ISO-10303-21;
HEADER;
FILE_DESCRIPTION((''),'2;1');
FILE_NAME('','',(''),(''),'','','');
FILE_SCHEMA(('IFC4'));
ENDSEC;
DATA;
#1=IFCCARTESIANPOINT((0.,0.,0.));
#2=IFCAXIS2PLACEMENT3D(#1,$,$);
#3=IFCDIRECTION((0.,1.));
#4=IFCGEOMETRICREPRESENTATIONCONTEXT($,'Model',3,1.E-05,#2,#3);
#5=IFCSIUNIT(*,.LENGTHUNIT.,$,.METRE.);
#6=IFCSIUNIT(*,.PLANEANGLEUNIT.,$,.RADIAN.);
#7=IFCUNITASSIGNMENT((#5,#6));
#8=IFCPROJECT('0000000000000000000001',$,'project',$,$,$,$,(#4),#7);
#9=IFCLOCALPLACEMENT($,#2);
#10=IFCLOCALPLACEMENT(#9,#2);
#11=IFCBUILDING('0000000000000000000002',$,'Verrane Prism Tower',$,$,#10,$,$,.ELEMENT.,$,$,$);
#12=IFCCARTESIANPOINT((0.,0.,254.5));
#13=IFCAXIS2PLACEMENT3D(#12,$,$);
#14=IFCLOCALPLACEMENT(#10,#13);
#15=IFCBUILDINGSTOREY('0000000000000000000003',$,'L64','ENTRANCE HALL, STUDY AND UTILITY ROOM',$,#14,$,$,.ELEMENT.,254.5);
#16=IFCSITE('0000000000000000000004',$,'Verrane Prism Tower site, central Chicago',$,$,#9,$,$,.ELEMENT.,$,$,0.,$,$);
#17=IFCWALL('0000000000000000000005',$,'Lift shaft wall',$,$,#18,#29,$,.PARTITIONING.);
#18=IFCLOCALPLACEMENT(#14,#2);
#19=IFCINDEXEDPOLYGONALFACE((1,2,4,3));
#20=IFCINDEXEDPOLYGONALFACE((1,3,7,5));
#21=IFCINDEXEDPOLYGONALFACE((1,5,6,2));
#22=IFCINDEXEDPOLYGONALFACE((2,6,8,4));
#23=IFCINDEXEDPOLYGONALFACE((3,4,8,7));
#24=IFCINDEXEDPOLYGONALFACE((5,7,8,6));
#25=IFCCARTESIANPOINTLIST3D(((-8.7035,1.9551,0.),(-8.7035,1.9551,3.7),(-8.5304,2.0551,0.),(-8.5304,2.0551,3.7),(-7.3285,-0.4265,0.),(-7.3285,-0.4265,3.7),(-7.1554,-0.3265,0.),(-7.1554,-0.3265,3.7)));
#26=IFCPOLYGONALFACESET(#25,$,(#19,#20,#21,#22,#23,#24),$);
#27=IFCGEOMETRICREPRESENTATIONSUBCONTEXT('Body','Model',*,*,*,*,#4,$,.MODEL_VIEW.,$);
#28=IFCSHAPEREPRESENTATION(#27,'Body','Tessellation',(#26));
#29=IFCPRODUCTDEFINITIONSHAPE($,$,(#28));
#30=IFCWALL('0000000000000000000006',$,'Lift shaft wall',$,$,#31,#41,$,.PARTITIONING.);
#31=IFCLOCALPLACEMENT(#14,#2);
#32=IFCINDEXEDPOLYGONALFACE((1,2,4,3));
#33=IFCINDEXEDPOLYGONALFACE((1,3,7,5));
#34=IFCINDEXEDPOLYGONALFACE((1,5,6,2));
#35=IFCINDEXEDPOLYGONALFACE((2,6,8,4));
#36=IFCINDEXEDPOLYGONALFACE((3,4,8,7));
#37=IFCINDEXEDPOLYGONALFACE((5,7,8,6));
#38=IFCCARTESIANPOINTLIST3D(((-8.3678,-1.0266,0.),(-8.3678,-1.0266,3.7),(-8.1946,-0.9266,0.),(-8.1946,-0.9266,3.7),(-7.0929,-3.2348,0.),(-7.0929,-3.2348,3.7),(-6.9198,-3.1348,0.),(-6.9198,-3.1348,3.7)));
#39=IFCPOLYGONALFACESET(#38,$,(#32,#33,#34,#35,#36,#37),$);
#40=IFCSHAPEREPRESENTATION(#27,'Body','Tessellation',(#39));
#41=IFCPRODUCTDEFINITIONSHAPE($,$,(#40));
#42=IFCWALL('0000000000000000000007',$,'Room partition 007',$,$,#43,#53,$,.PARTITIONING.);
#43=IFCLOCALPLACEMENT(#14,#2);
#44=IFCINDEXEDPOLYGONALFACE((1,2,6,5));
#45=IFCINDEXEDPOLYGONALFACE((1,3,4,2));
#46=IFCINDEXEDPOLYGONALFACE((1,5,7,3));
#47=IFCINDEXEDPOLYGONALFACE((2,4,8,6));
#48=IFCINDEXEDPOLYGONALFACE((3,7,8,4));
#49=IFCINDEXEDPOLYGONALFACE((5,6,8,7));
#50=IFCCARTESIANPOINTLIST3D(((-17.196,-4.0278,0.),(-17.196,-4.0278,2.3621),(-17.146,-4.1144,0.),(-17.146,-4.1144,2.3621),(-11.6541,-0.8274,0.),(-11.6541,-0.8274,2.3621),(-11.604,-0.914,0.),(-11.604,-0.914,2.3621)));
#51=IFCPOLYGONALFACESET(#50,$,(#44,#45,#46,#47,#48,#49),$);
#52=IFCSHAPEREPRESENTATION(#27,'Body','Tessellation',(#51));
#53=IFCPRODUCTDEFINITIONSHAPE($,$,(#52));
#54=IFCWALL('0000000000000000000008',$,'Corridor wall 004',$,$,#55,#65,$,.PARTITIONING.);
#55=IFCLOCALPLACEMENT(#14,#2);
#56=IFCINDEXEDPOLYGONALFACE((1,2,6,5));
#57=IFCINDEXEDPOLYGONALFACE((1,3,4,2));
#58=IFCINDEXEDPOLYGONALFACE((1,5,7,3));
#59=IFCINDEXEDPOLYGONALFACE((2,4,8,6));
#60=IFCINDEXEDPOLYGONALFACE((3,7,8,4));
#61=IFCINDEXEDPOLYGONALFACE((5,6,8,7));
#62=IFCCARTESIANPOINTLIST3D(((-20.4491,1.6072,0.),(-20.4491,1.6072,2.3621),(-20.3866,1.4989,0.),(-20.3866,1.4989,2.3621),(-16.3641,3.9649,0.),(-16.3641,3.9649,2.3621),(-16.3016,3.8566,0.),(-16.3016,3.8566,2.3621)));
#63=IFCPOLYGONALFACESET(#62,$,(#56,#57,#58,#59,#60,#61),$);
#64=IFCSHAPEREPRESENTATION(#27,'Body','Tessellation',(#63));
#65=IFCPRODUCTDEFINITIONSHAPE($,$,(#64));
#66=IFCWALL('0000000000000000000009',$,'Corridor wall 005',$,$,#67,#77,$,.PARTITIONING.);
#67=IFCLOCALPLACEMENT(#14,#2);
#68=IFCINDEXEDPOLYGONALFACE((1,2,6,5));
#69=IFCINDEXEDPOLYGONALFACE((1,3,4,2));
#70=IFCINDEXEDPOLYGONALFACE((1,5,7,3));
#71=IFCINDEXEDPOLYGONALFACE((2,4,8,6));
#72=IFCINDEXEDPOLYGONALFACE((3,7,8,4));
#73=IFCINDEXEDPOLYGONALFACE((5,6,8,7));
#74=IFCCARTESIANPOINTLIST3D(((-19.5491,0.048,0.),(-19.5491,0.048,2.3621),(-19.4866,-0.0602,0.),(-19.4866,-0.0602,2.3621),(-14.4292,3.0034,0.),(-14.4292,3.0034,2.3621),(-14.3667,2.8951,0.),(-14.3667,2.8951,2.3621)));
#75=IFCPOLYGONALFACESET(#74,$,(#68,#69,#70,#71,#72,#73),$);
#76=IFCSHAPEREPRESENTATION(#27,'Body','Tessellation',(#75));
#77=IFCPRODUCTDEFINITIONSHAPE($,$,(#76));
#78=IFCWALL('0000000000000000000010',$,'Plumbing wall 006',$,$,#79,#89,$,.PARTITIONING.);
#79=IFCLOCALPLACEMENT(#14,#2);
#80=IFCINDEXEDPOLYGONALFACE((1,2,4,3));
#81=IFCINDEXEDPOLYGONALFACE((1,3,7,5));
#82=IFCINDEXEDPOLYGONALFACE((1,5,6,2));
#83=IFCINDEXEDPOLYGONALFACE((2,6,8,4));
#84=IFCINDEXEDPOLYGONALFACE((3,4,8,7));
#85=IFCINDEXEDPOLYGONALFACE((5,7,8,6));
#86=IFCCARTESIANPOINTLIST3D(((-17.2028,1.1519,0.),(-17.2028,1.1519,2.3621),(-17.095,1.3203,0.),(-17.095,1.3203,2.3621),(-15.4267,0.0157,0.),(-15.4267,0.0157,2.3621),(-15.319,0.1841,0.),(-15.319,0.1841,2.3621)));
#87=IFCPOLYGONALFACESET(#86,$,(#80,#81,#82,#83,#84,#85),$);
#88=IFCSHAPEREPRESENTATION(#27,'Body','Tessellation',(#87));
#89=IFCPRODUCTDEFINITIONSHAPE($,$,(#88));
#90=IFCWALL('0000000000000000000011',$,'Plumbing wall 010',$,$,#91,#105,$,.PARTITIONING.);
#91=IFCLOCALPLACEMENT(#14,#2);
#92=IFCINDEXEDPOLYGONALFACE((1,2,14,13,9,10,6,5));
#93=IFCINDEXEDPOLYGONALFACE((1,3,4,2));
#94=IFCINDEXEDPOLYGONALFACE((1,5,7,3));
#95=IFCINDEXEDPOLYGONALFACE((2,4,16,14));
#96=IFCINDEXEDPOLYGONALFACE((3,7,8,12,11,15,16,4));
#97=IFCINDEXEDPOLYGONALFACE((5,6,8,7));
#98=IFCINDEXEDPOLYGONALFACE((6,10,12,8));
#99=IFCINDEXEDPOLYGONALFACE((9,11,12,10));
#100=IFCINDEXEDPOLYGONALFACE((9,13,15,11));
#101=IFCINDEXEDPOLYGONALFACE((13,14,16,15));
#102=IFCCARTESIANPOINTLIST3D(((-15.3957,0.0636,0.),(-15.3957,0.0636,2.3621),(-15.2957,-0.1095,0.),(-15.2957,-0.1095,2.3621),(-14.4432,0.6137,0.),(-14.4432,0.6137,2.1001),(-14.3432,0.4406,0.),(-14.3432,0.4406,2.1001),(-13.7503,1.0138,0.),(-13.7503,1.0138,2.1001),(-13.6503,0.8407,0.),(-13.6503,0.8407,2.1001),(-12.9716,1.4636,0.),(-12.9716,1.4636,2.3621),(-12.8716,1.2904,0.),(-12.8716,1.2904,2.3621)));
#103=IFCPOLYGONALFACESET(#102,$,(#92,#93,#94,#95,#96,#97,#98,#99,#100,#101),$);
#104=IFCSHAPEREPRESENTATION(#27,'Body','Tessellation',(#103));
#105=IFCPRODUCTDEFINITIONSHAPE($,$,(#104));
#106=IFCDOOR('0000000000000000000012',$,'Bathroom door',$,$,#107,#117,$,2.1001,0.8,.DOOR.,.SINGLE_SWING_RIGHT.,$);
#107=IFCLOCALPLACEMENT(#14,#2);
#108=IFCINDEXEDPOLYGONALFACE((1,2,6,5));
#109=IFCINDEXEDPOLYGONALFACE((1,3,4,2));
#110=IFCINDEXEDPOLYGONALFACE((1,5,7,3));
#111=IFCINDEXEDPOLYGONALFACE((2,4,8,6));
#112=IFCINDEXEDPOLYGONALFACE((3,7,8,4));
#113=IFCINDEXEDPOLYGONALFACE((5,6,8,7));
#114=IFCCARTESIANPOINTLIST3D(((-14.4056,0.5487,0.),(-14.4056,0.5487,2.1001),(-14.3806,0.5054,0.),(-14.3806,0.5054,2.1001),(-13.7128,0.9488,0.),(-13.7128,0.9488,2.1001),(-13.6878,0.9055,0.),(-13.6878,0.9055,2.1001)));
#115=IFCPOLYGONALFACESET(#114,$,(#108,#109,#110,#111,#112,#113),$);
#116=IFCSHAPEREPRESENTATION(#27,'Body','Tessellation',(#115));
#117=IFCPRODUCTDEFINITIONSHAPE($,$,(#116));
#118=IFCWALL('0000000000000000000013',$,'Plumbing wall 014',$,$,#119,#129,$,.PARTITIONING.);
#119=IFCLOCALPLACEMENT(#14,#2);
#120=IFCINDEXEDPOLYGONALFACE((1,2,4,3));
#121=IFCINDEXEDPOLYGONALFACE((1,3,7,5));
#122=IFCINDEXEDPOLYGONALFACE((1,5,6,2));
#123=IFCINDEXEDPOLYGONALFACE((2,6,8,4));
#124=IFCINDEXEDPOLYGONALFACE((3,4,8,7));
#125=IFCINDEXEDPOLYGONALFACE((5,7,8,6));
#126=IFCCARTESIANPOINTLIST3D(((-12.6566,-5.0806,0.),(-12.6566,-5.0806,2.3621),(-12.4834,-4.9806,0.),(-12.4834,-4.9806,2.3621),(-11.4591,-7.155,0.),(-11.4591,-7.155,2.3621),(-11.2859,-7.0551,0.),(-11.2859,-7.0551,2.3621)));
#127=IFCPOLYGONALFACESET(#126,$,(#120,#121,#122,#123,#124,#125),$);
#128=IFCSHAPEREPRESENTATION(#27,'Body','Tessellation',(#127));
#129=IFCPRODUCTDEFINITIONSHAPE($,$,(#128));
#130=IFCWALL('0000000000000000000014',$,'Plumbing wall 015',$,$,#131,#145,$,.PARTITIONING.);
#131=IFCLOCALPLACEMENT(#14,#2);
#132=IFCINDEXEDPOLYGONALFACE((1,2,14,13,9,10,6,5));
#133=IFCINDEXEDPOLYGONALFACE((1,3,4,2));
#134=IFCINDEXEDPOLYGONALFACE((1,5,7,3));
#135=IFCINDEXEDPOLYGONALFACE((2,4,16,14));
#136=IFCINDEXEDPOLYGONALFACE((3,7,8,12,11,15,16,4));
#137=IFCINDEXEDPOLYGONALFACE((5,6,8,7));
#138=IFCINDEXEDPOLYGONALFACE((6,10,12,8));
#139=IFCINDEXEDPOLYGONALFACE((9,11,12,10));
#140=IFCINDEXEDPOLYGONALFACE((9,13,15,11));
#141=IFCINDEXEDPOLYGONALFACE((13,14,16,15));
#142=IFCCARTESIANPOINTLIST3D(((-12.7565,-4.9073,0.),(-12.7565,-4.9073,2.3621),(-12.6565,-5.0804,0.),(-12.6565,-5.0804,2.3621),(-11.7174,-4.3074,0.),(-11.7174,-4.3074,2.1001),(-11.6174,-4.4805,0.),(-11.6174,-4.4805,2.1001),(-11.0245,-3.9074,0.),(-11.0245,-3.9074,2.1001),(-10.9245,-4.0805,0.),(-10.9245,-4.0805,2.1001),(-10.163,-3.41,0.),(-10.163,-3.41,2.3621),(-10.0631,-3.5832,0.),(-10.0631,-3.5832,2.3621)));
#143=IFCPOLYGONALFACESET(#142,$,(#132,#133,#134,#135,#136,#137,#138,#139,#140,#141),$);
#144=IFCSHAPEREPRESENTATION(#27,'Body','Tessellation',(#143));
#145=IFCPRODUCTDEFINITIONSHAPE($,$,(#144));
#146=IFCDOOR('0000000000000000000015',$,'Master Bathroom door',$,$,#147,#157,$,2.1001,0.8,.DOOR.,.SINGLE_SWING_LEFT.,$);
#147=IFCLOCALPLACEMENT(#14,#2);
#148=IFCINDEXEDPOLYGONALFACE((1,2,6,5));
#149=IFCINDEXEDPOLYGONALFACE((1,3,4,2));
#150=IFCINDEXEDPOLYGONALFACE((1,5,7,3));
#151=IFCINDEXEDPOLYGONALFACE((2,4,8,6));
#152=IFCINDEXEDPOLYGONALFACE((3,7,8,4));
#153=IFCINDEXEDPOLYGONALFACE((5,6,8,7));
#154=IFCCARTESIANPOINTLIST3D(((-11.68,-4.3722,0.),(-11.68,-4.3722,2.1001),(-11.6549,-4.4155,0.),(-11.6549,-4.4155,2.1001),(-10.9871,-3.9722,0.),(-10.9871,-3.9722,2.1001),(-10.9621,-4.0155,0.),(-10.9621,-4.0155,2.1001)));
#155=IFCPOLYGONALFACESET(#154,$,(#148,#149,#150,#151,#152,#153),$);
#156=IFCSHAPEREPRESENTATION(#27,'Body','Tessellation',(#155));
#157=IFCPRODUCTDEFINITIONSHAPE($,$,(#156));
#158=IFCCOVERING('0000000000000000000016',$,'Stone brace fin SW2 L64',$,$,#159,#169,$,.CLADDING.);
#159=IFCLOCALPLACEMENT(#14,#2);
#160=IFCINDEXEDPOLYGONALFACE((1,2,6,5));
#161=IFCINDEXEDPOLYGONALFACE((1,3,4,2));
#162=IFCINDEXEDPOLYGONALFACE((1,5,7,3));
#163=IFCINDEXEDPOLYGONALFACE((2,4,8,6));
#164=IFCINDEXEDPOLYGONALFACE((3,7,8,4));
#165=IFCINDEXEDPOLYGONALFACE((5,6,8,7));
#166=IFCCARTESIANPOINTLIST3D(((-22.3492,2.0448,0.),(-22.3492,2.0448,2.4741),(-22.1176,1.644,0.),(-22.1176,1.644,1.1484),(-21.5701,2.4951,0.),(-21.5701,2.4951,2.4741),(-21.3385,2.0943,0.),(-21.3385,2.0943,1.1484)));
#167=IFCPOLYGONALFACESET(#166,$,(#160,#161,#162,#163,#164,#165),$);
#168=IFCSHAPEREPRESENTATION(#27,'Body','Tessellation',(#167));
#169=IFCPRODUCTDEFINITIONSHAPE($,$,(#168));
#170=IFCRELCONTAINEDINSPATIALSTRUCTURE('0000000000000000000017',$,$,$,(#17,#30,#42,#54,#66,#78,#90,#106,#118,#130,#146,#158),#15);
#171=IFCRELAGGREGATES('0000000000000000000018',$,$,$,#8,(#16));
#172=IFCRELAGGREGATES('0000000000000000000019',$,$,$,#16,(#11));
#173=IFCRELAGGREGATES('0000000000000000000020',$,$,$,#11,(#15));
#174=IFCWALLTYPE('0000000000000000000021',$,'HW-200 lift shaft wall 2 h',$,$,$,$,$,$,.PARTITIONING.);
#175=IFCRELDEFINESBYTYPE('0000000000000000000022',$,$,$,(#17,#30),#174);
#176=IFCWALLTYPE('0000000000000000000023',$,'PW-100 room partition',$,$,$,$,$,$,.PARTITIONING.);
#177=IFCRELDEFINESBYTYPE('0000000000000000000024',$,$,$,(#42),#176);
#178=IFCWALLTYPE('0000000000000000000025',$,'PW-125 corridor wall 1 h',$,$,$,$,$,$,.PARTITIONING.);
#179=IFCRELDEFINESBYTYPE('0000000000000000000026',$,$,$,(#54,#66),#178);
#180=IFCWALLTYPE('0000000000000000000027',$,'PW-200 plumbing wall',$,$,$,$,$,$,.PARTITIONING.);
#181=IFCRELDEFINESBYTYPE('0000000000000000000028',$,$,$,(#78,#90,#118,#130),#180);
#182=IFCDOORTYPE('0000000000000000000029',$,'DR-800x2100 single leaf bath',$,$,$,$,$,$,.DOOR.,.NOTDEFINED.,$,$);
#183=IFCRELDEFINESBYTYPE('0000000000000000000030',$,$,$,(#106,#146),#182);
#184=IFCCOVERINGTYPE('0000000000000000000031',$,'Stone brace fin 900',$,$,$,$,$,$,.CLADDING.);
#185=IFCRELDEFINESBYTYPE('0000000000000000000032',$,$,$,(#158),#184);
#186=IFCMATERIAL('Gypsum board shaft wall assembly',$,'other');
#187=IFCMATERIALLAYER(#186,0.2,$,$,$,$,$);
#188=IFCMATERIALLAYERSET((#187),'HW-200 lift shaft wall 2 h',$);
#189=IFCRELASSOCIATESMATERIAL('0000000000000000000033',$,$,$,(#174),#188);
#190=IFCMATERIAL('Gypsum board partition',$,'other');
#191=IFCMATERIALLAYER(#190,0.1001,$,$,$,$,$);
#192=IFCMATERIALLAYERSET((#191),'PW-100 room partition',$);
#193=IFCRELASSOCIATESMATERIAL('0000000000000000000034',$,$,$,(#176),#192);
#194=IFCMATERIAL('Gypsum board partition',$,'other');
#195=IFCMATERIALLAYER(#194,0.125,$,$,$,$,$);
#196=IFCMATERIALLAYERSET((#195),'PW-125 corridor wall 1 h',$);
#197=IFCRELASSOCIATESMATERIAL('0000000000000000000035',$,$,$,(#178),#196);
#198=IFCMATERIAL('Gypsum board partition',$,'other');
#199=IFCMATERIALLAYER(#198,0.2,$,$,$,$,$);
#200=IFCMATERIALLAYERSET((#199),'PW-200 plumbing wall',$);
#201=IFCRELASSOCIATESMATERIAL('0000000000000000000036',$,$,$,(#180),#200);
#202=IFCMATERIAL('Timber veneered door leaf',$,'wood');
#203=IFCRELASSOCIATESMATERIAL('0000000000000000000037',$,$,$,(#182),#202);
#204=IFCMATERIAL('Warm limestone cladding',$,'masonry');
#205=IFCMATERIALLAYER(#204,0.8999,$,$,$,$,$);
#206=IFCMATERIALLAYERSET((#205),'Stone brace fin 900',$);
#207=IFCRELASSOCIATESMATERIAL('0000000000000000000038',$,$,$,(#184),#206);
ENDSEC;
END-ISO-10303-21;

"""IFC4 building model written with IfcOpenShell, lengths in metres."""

from ifc_helpers import new_model, si_unit, direction, frame, frame_2d, origin, place, context, subcontext, project, spatial, polyline, rectangle, outline, extrude, material, layer, layer_set, type_object, element, fill, save


model = new_model("IFC4")

# Units and contexts
model_context = context("Model", 3, precision=1e-05, world=origin(), true_north=direction((0.0, 1.0)))
body_context = subcontext(model_context, "Body", "Model", "MODEL_VIEW")
ifc_project = project(units=[si_unit("LENGTHUNIT", "METRE"), si_unit("PLANEANGLEUNIT", "RADIAN")], contexts=[model_context])

# Site, building, storey
site_placement = place(None, origin())
site = spatial("IfcSite", under=ifc_project, at=site_placement, Name="Verrane Prism Tower site, central Chicago", CompositionType="ELEMENT", RefElevation=0.0)
building_placement = place(site_placement, origin())
building = spatial("IfcBuilding", under=site, at=building_placement, Name="Verrane Prism Tower", CompositionType="ELEMENT")
storey_placement = place(building_placement, frame((0.0, 0.0, 254.5)))
storey = spatial("IfcBuildingStorey", under=building, at=storey_placement, Name="L64", Description="ENTRANCE HALL, STUDY AND UTILITY ROOM", CompositionType="ELEMENT", Elevation=254.5)

# Walls
ifc_material_1 = material(Name="Gypsum board shaft wall assembly", Category="other")
ifc_layer_1 = layer(ifc_material_1, 0.2)
ifc_layer_set_1 = layer_set([ifc_layer_1], Name="HW-200 lift shaft wall 2 h")
wall_type_1 = type_object("IfcWallType", Name="HW-200 lift shaft wall 2 h", PredefinedType="PARTITIONING", material=ifc_layer_set_1)
wall_1_placement = place(storey_placement, frame((-7.2419, -0.3765, 0.0), z_axis=(0.0, 0.0, 1.0), x_axis=(-0.499997, 0.866027, 0.0)))
element("IfcWall", 1, at=wall_1_placement, inside=storey, type_object=wall_type_1, Name="Lift shaft wall", PredefinedType="PARTITIONING", context=body_context, shape_type="SweptSolid", body=[
    extrude(rectangle(XDim=2.75, YDim=0.2, at=frame_2d((1.375, 0.0))), origin(), (0.0, 0.0, 1.0), 3.7),
])
wall_2_placement = place(storey_placement, frame((-7.0063, -3.1848, 0.0), z_axis=(0.0, 0.0, 1.0), x_axis=(-0.49999, 0.866031, 0.0)))
element("IfcWall", 2, at=wall_2_placement, inside=storey, type_object=wall_type_1, Name="Lift shaft wall", PredefinedType="PARTITIONING", context=body_context, shape_type="SweptSolid", body=[
    extrude(rectangle(XDim=2.5498, YDim=0.2, at=frame_2d((1.2749, 0.0))), origin(), (0.0, 0.0, 1.0), 3.7),
])
ifc_material_2 = material(Name="Gypsum board partition", Category="other")
ifc_layer_2 = layer(ifc_material_2, 0.1001)
ifc_layer_set_2 = layer_set([ifc_layer_2], Name="PW-100 room partition")
wall_type_2 = type_object("IfcWallType", Name="PW-100 room partition", PredefinedType="PARTITIONING", material=ifc_layer_set_2)
wall_3_placement = place(storey_placement, frame((-17.1709, -4.071, 0.0), z_axis=(0.0, 0.0, 1.0), x_axis=(0.865973, 0.50009, 0.0)))
element("IfcWall", 3, at=wall_3_placement, inside=storey, type_object=wall_type_2, Name="Room partition 007", PredefinedType="PARTITIONING", context=body_context, shape_type="SweptSolid", body=[
    extrude(rectangle(XDim=6.3997, YDim=0.1001, at=frame_2d((3.1997, 0.0))), origin(), (0.0, 0.0, 1.0), 2.3621),
])
ifc_material_3 = material(Name="Gypsum board partition", Category="other")
ifc_layer_3 = layer(ifc_material_3, 0.125)
ifc_layer_set_3 = layer_set([ifc_layer_3], Name="PW-125 corridor wall 1 h")
wall_type_3 = type_object("IfcWallType", Name="PW-125 corridor wall 1 h", PredefinedType="PARTITIONING", material=ifc_layer_set_3)
wall_4_placement = place(storey_placement, frame((-20.418, 1.553, 0.0), z_axis=(0.0, 0.0, 1.0), x_axis=(0.866098, 0.499875, 0.0)))
element("IfcWall", 4, at=wall_4_placement, inside=storey, type_object=wall_type_3, Name="Corridor wall 004", PredefinedType="PARTITIONING", context=body_context, shape_type="SweptSolid", body=[
    extrude(rectangle(XDim=4.7166, YDim=0.125, at=frame_2d((2.3584, 0.0))), origin(), (0.0, 0.0, 1.0), 2.3621),
])
wall_5_placement = place(storey_placement, frame((-19.5178, -0.0061, 0.0), z_axis=(0.0, 0.0, 1.0), x_axis=(0.866072, 0.499919, 0.0)))
element("IfcWall", 5, at=wall_5_placement, inside=storey, type_object=wall_type_3, Name="Corridor wall 005", PredefinedType="PARTITIONING", context=body_context, shape_type="SweptSolid", body=[
    extrude(rectangle(XDim=5.9116, YDim=0.125, at=frame_2d((2.9558, 0.0))), origin(), (0.0, 0.0, 1.0), 2.3621),
])
ifc_material_4 = material(Name="Gypsum board partition", Category="other")
ifc_layer_4 = layer(ifc_material_4, 0.2)
ifc_layer_set_4 = layer_set([ifc_layer_4], Name="PW-200 plumbing wall")
wall_type_4 = type_object("IfcWallType", Name="PW-200 plumbing wall", PredefinedType="PARTITIONING", material=ifc_layer_set_4)
wall_6_placement = place(storey_placement, frame((-17.1489, 1.2361, 0.0), z_axis=(0.0, 0.0, 1.0), x_axis=(0.842377, -0.538889, 0.0)))
element("IfcWall", 6, at=wall_6_placement, inside=storey, type_object=wall_type_4, Name="Plumbing wall 006", PredefinedType="PARTITIONING", context=body_context, shape_type="SweptSolid", body=[
    extrude(rectangle(XDim=2.1084, YDim=0.2, at=frame_2d((1.0542, 0.0))), origin(), (0.0, 0.0, 1.0), 2.3621),
])

# Wall, opening, door
wall_7_placement = place(storey_placement, frame((-15.3457, -0.0229, 0.0), z_axis=(0.0, 0.0, 1.0), x_axis=(0.865969, 0.500097, 0.0)))
wall_7 = element("IfcWall", 7, at=wall_7_placement, inside=storey, type_object=wall_type_4, Name="Plumbing wall 010", PredefinedType="PARTITIONING", context=body_context, shape_type="SweptSolid", body=[
    extrude(rectangle(XDim=2.7993, YDim=0.2, at=frame_2d((1.3997, 0.0))), origin(), (0.0, 0.0, 1.0), 2.3621),
])
opening_1_placement = place(wall_7_placement, frame((1.1001, 0.0, 0.0)))
opening_1 = element("IfcOpeningElement", 8, at=opening_1_placement, cuts=wall_7, PredefinedType="OPENING", context=body_context, shape_type="SweptSolid", body=[
    extrude(rectangle(XDim=0.8, YDim=2.1001, at=frame_2d((0.3999, 1.05))), frame((0.0, 0.1099, 0.0), z_axis=(0.0, -1.0, 0.0), x_axis=(1.0, 0.0, 0.0)), (0.0, 0.0, 1.0), 0.22),
])
ifc_material_5 = material(Name="Timber veneered door leaf", Category="wood")
door_type = type_object("IfcDoorType", Name="DR-800x2100 single leaf bath", OperationType="NOTDEFINED", PredefinedType="DOOR", material=ifc_material_5)
door_1_placement = place(opening_1_placement, origin())
door_1 = element("IfcDoor", 9, at=door_1_placement, inside=storey, type_object=door_type, Name="Bathroom door", OperationType="SINGLE_SWING_RIGHT", OverallHeight=2.1001, OverallWidth=0.8, PredefinedType="DOOR", context=body_context, shape_type="SweptSolid", body=[
    extrude(rectangle(XDim=0.8, YDim=2.1001, at=frame_2d((0.3999, 1.05))), frame((0.0, 0.0249, 0.0), z_axis=(0.0, -1.0, 0.0), x_axis=(1.0, 0.0, 0.0)), (0.0, 0.0, 1.0), 0.05),
])
fill(opening_1, door_1)

# Wall
wall_8_placement = place(storey_placement, frame((-12.5701, -5.0305, 0.0), z_axis=(0.0, 0.0, 1.0), x_axis=(0.499943, -0.866058, 0.0)))
element("IfcWall", 10, at=wall_8_placement, inside=storey, type_object=wall_type_4, Name="Plumbing wall 014", PredefinedType="PARTITIONING", context=body_context, shape_type="SweptSolid", body=[
    extrude(rectangle(XDim=2.3953, YDim=0.2, at=frame_2d((1.1978, 0.0))), origin(), (0.0, 0.0, 1.0), 2.3621),
])

# Wall, opening, door
wall_9_placement = place(storey_placement, frame((-10.113, -3.4966, 0.0), z_axis=(0.0, 0.0, 1.0), x_axis=(-0.866032, -0.499988, 0.0)))
wall_9 = element("IfcWall", 11, at=wall_9_placement, inside=storey, type_object=wall_type_4, Name="Plumbing wall 015", PredefinedType="PARTITIONING", context=body_context, shape_type="SweptSolid", body=[
    extrude(rectangle(XDim=2.9946, YDim=0.2, at=frame_2d((1.4973, 0.0))), origin(), (0.0, 0.0, 1.0), 2.3621),
])
opening_2_placement = place(wall_9_placement, frame((0.9949, 0.0, 0.0)))
opening_2 = element("IfcOpeningElement", 12, at=opening_2_placement, cuts=wall_9, PredefinedType="OPENING", context=body_context, shape_type="SweptSolid", body=[
    extrude(rectangle(XDim=0.8, YDim=2.1001, at=frame_2d((0.3999, 1.05))), frame((0.0, 0.1099, 0.0), z_axis=(0.0, -1.0, 0.0), x_axis=(1.0, 0.0, 0.0)), (0.0, 0.0, 1.0), 0.22),
])
door_2_placement = place(opening_2_placement, origin())
door_2 = element("IfcDoor", 13, at=door_2_placement, inside=storey, type_object=door_type, Name="Master Bathroom door", OperationType="SINGLE_SWING_LEFT", OverallHeight=2.1001, OverallWidth=0.8, PredefinedType="DOOR", context=body_context, shape_type="SweptSolid", body=[
    extrude(rectangle(XDim=0.8, YDim=2.1001, at=frame_2d((0.3999, 1.05))), frame((0.0, 0.0249, 0.0), z_axis=(0.0, -1.0, 0.0), x_axis=(1.0, 0.0, 0.0)), (0.0, 0.0, 1.0), 0.05),
])
fill(opening_2, door_2)

# Covering
ifc_material_6 = material(Name="Warm limestone cladding", Category="masonry")
ifc_layer_5 = layer(ifc_material_6, 0.8999)
ifc_layer_set_5 = layer_set([ifc_layer_5], Name="Stone brace fin 900")
covering_type = type_object("IfcCoveringType", Name="Stone brace fin 900", PredefinedType="CLADDING", material=ifc_layer_set_5)
covering_placement = place(storey_placement, frame((-21.728, 1.8691, 0.0), z_axis=(0.0, 0.0, 1.0), x_axis=(-0.500392, 0.865799, 0.0)))
element("IfcCovering", 14, at=covering_placement, inside=storey, type_object=covering_type, Name="Stone brace fin SW2 L64", PredefinedType="CLADDING", context=body_context, shape_type="SweptSolid", body=[
    extrude(outline(polyline([(0.0, 0.0), (0.4629, 0.0), (0.4629, 2.4741), (0.0, 1.1484), (0.0, 0.0)])), frame((0.0, 0.45, 0.0), z_axis=(0.0, -1.0, 0.0), x_axis=(1.0, 0.0, 0.0)), (0.0, 0.0, 1.0), 0.8999),
])

save(model, "model.ifc")
